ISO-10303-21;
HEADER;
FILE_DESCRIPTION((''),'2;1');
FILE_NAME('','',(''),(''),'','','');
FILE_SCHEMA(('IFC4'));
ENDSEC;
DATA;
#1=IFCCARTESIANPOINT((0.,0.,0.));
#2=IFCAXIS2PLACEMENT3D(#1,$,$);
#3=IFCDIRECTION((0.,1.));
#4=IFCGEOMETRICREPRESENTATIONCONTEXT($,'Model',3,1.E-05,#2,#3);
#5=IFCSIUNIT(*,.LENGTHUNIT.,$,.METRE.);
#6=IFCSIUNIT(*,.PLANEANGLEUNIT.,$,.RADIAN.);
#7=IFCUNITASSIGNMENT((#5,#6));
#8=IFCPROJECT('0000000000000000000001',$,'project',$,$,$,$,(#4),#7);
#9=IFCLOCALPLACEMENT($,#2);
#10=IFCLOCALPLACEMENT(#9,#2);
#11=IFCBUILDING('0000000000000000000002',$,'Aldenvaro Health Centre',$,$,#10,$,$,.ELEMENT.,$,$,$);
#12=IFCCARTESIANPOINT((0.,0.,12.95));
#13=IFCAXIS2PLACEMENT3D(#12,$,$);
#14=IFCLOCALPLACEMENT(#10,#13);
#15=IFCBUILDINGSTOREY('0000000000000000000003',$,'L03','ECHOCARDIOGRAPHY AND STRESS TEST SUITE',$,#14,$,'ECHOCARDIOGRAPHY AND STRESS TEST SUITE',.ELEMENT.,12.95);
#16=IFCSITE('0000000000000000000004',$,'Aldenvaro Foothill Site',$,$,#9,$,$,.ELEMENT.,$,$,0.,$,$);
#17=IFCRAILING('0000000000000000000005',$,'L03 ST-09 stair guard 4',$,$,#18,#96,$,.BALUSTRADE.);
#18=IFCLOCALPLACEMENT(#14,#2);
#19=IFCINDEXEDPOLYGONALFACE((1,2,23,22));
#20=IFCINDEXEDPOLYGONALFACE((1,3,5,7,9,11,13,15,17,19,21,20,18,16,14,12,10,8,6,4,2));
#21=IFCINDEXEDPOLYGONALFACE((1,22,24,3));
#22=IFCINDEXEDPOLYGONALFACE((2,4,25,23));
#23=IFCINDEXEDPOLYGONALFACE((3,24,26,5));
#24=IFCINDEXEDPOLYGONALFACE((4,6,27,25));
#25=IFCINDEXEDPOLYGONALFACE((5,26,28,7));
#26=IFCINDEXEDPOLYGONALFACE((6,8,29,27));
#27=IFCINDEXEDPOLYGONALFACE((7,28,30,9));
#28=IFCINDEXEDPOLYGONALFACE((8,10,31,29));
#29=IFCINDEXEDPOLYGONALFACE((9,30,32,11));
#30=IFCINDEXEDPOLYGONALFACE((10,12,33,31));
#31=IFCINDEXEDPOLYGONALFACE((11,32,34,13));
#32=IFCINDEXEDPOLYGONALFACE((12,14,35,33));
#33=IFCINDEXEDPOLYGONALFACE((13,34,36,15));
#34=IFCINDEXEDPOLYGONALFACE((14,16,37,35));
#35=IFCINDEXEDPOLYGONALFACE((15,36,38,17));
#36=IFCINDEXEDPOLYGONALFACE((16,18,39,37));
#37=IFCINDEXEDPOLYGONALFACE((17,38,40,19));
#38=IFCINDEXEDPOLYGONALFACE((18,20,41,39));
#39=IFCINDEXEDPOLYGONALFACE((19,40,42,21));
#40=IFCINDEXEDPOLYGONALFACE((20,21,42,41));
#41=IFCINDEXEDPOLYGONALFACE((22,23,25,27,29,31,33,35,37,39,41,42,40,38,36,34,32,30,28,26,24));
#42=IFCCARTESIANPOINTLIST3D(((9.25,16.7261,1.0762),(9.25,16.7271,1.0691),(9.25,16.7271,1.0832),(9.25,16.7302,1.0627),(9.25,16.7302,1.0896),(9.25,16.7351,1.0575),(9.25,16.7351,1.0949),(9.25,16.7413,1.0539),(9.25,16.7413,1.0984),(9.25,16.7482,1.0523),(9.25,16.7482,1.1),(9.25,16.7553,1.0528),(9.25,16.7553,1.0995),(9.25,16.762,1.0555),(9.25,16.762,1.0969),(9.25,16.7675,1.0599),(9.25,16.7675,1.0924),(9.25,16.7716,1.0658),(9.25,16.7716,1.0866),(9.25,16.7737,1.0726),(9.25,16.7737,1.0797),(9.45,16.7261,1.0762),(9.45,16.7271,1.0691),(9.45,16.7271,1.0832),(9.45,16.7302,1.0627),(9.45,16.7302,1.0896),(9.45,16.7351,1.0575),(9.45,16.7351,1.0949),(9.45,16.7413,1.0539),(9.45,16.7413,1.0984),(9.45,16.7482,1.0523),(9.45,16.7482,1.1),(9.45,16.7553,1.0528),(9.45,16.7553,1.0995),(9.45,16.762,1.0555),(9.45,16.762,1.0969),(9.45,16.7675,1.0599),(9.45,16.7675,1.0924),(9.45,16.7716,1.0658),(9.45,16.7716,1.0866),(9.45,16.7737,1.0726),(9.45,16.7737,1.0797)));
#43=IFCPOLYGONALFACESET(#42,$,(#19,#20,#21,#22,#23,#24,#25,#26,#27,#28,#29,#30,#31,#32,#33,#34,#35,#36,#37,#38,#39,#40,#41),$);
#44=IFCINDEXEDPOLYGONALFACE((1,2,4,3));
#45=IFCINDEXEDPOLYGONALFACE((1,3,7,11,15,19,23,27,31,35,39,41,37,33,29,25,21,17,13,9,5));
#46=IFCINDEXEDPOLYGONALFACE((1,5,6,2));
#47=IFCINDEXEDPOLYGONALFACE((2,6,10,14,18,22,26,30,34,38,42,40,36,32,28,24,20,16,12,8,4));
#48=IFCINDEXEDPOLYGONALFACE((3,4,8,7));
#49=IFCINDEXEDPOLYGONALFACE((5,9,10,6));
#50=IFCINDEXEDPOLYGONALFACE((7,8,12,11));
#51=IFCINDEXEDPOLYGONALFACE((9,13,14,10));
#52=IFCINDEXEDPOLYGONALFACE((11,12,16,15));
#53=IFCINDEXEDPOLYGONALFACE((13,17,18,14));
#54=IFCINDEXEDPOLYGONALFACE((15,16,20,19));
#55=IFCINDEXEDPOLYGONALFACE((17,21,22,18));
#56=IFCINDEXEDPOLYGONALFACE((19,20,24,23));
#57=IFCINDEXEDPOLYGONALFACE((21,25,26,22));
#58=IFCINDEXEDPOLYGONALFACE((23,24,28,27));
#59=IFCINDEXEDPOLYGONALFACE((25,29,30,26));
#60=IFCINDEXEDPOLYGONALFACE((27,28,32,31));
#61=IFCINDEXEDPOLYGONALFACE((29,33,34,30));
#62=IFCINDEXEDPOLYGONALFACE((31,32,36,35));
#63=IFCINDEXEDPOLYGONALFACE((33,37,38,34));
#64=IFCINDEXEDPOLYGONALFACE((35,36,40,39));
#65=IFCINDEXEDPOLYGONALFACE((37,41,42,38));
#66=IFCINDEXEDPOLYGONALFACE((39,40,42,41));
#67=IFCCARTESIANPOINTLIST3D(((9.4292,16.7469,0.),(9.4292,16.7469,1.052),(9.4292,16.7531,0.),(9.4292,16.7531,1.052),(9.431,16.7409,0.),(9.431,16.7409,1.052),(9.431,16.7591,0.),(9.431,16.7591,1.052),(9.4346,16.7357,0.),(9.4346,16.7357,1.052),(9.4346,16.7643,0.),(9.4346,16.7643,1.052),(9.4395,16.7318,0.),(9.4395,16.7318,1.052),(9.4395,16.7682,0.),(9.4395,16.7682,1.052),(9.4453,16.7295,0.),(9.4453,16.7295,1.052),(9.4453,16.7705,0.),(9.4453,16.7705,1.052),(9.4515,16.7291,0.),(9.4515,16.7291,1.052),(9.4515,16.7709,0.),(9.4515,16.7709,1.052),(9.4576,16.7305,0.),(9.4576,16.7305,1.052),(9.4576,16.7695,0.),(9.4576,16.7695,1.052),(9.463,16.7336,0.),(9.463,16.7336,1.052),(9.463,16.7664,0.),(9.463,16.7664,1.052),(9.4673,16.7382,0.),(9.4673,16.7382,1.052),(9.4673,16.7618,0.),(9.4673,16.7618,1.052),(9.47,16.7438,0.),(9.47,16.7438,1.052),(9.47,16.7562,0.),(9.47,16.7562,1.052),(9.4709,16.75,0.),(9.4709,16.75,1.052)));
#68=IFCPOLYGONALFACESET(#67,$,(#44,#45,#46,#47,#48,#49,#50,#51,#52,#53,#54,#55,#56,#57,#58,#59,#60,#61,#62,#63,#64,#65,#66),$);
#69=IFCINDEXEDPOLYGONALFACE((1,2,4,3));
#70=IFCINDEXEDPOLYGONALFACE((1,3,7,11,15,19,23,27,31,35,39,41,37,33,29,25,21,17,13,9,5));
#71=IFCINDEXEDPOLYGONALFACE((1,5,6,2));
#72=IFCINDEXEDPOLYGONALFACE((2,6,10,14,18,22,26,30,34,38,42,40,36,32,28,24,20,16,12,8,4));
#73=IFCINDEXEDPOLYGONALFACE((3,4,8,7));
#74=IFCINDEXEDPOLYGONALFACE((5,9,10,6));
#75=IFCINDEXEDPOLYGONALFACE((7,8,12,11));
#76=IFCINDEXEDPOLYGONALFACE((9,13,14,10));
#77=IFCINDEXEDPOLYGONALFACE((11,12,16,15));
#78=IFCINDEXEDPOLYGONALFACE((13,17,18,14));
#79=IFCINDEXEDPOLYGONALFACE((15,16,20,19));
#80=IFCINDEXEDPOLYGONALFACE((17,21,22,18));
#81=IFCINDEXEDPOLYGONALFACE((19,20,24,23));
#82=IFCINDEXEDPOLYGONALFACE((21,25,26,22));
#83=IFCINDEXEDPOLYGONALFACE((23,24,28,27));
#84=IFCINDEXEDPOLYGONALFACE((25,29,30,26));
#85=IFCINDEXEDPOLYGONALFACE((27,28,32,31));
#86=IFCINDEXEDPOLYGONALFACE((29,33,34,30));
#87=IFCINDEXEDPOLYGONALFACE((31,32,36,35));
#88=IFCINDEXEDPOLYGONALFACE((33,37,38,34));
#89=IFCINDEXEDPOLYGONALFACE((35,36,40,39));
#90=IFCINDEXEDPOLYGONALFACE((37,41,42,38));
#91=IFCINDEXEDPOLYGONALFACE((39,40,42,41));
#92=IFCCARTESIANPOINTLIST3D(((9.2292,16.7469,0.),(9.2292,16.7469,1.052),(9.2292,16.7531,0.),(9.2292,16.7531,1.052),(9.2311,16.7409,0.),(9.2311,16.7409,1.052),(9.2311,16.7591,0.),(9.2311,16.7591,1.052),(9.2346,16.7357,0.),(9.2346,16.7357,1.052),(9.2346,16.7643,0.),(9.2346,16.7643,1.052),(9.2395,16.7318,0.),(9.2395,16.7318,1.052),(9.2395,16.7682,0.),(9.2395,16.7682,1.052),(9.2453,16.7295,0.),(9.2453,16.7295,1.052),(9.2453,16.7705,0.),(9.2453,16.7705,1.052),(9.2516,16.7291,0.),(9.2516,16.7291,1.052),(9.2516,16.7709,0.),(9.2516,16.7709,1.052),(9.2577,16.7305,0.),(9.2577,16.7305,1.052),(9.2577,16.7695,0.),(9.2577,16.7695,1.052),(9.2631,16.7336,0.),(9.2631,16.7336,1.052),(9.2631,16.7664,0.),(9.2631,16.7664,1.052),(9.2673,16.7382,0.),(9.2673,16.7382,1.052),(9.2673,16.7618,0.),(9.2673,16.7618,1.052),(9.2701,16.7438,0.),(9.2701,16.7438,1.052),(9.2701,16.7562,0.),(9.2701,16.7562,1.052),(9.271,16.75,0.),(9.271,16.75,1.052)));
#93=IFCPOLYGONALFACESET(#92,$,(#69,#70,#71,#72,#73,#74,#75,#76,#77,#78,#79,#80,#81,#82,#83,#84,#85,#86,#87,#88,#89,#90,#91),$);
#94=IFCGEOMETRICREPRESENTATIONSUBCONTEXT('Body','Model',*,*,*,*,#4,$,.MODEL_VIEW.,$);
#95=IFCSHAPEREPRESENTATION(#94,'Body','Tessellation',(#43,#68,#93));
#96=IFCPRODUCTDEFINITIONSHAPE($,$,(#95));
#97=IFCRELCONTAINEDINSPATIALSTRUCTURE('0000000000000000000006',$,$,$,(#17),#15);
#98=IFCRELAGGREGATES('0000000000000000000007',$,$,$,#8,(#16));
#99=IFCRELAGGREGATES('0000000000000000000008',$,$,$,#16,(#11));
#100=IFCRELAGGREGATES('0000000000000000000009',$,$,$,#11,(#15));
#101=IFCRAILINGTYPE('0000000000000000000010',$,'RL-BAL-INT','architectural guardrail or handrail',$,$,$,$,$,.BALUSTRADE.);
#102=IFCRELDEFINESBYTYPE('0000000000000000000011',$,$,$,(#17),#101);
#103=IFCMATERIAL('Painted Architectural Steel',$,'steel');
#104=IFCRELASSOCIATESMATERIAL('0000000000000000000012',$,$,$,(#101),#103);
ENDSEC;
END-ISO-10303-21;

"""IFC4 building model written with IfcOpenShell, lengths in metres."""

from ifc_helpers import new_model, si_unit, direction, frame, origin, origin_2d, place, context, subcontext, project, spatial, circle, extrude, material, type_object, element, save


model = new_model("IFC4")

# Units and contexts
model_context = context("Model", 3, precision=1e-05, world=origin(), true_north=direction((0.0, 1.0)))
body_context = subcontext(model_context, "Body", "Model", "MODEL_VIEW")
ifc_project = project(units=[si_unit("LENGTHUNIT", "METRE"), si_unit("PLANEANGLEUNIT", "RADIAN")], contexts=[model_context])

# Site, building, storey
site_placement = place(None, origin())
site = spatial("IfcSite", under=ifc_project, at=site_placement, Name="Aldenvaro Foothill Site", CompositionType="ELEMENT", RefElevation=0.0)
building_placement = place(site_placement, origin())
building = spatial("IfcBuilding", under=site, at=building_placement, Name="Aldenvaro Health Centre", CompositionType="ELEMENT")
storey_placement = place(building_placement, frame((0.0, 0.0, 12.95)))
storey = spatial("IfcBuildingStorey", under=building, at=storey_placement, Name="L03", Description="ECHOCARDIOGRAPHY AND STRESS TEST SUITE", LongName="ECHOCARDIOGRAPHY AND STRESS TEST SUITE", CompositionType="ELEMENT", Elevation=12.95)

# Railing
ifc_material_1 = material(Name="Painted Architectural Steel", Category="steel")
railing_type_1 = type_object("IfcRailingType", Name="RL-BAL-INT", Description="architectural guardrail or handrail", PredefinedType="BALUSTRADE", material=ifc_material_1)
railing_1_placement = place(storey_placement, frame((9.45, 16.75, 0.0)))
element("IfcRailing", 1, at=railing_1_placement, inside=storey, type_object=railing_type_1, Name="L03 ST-09 stair guard 4", PredefinedType="BALUSTRADE", context=body_context, shape_type="SweptSolid", body=[
    extrude(circle(Radius=0.0239, at=origin_2d()), frame((0.0, 0.0, 1.0762), z_axis=(-1.0, 0.0, 0.0), x_axis=(0.0, -1.0, 0.0)), (0.0, 0.0, 1.0), 0.2),
    extrude(circle(Radius=0.021, at=origin_2d()), origin(), (0.0, 0.0, 1.0), 1.052),
    extrude(circle(Radius=0.021, at=origin_2d()), frame((-0.2, 0.0, 0.0)), (0.0, 0.0, 1.0), 1.052),
])

save(model, "model.ifc")
